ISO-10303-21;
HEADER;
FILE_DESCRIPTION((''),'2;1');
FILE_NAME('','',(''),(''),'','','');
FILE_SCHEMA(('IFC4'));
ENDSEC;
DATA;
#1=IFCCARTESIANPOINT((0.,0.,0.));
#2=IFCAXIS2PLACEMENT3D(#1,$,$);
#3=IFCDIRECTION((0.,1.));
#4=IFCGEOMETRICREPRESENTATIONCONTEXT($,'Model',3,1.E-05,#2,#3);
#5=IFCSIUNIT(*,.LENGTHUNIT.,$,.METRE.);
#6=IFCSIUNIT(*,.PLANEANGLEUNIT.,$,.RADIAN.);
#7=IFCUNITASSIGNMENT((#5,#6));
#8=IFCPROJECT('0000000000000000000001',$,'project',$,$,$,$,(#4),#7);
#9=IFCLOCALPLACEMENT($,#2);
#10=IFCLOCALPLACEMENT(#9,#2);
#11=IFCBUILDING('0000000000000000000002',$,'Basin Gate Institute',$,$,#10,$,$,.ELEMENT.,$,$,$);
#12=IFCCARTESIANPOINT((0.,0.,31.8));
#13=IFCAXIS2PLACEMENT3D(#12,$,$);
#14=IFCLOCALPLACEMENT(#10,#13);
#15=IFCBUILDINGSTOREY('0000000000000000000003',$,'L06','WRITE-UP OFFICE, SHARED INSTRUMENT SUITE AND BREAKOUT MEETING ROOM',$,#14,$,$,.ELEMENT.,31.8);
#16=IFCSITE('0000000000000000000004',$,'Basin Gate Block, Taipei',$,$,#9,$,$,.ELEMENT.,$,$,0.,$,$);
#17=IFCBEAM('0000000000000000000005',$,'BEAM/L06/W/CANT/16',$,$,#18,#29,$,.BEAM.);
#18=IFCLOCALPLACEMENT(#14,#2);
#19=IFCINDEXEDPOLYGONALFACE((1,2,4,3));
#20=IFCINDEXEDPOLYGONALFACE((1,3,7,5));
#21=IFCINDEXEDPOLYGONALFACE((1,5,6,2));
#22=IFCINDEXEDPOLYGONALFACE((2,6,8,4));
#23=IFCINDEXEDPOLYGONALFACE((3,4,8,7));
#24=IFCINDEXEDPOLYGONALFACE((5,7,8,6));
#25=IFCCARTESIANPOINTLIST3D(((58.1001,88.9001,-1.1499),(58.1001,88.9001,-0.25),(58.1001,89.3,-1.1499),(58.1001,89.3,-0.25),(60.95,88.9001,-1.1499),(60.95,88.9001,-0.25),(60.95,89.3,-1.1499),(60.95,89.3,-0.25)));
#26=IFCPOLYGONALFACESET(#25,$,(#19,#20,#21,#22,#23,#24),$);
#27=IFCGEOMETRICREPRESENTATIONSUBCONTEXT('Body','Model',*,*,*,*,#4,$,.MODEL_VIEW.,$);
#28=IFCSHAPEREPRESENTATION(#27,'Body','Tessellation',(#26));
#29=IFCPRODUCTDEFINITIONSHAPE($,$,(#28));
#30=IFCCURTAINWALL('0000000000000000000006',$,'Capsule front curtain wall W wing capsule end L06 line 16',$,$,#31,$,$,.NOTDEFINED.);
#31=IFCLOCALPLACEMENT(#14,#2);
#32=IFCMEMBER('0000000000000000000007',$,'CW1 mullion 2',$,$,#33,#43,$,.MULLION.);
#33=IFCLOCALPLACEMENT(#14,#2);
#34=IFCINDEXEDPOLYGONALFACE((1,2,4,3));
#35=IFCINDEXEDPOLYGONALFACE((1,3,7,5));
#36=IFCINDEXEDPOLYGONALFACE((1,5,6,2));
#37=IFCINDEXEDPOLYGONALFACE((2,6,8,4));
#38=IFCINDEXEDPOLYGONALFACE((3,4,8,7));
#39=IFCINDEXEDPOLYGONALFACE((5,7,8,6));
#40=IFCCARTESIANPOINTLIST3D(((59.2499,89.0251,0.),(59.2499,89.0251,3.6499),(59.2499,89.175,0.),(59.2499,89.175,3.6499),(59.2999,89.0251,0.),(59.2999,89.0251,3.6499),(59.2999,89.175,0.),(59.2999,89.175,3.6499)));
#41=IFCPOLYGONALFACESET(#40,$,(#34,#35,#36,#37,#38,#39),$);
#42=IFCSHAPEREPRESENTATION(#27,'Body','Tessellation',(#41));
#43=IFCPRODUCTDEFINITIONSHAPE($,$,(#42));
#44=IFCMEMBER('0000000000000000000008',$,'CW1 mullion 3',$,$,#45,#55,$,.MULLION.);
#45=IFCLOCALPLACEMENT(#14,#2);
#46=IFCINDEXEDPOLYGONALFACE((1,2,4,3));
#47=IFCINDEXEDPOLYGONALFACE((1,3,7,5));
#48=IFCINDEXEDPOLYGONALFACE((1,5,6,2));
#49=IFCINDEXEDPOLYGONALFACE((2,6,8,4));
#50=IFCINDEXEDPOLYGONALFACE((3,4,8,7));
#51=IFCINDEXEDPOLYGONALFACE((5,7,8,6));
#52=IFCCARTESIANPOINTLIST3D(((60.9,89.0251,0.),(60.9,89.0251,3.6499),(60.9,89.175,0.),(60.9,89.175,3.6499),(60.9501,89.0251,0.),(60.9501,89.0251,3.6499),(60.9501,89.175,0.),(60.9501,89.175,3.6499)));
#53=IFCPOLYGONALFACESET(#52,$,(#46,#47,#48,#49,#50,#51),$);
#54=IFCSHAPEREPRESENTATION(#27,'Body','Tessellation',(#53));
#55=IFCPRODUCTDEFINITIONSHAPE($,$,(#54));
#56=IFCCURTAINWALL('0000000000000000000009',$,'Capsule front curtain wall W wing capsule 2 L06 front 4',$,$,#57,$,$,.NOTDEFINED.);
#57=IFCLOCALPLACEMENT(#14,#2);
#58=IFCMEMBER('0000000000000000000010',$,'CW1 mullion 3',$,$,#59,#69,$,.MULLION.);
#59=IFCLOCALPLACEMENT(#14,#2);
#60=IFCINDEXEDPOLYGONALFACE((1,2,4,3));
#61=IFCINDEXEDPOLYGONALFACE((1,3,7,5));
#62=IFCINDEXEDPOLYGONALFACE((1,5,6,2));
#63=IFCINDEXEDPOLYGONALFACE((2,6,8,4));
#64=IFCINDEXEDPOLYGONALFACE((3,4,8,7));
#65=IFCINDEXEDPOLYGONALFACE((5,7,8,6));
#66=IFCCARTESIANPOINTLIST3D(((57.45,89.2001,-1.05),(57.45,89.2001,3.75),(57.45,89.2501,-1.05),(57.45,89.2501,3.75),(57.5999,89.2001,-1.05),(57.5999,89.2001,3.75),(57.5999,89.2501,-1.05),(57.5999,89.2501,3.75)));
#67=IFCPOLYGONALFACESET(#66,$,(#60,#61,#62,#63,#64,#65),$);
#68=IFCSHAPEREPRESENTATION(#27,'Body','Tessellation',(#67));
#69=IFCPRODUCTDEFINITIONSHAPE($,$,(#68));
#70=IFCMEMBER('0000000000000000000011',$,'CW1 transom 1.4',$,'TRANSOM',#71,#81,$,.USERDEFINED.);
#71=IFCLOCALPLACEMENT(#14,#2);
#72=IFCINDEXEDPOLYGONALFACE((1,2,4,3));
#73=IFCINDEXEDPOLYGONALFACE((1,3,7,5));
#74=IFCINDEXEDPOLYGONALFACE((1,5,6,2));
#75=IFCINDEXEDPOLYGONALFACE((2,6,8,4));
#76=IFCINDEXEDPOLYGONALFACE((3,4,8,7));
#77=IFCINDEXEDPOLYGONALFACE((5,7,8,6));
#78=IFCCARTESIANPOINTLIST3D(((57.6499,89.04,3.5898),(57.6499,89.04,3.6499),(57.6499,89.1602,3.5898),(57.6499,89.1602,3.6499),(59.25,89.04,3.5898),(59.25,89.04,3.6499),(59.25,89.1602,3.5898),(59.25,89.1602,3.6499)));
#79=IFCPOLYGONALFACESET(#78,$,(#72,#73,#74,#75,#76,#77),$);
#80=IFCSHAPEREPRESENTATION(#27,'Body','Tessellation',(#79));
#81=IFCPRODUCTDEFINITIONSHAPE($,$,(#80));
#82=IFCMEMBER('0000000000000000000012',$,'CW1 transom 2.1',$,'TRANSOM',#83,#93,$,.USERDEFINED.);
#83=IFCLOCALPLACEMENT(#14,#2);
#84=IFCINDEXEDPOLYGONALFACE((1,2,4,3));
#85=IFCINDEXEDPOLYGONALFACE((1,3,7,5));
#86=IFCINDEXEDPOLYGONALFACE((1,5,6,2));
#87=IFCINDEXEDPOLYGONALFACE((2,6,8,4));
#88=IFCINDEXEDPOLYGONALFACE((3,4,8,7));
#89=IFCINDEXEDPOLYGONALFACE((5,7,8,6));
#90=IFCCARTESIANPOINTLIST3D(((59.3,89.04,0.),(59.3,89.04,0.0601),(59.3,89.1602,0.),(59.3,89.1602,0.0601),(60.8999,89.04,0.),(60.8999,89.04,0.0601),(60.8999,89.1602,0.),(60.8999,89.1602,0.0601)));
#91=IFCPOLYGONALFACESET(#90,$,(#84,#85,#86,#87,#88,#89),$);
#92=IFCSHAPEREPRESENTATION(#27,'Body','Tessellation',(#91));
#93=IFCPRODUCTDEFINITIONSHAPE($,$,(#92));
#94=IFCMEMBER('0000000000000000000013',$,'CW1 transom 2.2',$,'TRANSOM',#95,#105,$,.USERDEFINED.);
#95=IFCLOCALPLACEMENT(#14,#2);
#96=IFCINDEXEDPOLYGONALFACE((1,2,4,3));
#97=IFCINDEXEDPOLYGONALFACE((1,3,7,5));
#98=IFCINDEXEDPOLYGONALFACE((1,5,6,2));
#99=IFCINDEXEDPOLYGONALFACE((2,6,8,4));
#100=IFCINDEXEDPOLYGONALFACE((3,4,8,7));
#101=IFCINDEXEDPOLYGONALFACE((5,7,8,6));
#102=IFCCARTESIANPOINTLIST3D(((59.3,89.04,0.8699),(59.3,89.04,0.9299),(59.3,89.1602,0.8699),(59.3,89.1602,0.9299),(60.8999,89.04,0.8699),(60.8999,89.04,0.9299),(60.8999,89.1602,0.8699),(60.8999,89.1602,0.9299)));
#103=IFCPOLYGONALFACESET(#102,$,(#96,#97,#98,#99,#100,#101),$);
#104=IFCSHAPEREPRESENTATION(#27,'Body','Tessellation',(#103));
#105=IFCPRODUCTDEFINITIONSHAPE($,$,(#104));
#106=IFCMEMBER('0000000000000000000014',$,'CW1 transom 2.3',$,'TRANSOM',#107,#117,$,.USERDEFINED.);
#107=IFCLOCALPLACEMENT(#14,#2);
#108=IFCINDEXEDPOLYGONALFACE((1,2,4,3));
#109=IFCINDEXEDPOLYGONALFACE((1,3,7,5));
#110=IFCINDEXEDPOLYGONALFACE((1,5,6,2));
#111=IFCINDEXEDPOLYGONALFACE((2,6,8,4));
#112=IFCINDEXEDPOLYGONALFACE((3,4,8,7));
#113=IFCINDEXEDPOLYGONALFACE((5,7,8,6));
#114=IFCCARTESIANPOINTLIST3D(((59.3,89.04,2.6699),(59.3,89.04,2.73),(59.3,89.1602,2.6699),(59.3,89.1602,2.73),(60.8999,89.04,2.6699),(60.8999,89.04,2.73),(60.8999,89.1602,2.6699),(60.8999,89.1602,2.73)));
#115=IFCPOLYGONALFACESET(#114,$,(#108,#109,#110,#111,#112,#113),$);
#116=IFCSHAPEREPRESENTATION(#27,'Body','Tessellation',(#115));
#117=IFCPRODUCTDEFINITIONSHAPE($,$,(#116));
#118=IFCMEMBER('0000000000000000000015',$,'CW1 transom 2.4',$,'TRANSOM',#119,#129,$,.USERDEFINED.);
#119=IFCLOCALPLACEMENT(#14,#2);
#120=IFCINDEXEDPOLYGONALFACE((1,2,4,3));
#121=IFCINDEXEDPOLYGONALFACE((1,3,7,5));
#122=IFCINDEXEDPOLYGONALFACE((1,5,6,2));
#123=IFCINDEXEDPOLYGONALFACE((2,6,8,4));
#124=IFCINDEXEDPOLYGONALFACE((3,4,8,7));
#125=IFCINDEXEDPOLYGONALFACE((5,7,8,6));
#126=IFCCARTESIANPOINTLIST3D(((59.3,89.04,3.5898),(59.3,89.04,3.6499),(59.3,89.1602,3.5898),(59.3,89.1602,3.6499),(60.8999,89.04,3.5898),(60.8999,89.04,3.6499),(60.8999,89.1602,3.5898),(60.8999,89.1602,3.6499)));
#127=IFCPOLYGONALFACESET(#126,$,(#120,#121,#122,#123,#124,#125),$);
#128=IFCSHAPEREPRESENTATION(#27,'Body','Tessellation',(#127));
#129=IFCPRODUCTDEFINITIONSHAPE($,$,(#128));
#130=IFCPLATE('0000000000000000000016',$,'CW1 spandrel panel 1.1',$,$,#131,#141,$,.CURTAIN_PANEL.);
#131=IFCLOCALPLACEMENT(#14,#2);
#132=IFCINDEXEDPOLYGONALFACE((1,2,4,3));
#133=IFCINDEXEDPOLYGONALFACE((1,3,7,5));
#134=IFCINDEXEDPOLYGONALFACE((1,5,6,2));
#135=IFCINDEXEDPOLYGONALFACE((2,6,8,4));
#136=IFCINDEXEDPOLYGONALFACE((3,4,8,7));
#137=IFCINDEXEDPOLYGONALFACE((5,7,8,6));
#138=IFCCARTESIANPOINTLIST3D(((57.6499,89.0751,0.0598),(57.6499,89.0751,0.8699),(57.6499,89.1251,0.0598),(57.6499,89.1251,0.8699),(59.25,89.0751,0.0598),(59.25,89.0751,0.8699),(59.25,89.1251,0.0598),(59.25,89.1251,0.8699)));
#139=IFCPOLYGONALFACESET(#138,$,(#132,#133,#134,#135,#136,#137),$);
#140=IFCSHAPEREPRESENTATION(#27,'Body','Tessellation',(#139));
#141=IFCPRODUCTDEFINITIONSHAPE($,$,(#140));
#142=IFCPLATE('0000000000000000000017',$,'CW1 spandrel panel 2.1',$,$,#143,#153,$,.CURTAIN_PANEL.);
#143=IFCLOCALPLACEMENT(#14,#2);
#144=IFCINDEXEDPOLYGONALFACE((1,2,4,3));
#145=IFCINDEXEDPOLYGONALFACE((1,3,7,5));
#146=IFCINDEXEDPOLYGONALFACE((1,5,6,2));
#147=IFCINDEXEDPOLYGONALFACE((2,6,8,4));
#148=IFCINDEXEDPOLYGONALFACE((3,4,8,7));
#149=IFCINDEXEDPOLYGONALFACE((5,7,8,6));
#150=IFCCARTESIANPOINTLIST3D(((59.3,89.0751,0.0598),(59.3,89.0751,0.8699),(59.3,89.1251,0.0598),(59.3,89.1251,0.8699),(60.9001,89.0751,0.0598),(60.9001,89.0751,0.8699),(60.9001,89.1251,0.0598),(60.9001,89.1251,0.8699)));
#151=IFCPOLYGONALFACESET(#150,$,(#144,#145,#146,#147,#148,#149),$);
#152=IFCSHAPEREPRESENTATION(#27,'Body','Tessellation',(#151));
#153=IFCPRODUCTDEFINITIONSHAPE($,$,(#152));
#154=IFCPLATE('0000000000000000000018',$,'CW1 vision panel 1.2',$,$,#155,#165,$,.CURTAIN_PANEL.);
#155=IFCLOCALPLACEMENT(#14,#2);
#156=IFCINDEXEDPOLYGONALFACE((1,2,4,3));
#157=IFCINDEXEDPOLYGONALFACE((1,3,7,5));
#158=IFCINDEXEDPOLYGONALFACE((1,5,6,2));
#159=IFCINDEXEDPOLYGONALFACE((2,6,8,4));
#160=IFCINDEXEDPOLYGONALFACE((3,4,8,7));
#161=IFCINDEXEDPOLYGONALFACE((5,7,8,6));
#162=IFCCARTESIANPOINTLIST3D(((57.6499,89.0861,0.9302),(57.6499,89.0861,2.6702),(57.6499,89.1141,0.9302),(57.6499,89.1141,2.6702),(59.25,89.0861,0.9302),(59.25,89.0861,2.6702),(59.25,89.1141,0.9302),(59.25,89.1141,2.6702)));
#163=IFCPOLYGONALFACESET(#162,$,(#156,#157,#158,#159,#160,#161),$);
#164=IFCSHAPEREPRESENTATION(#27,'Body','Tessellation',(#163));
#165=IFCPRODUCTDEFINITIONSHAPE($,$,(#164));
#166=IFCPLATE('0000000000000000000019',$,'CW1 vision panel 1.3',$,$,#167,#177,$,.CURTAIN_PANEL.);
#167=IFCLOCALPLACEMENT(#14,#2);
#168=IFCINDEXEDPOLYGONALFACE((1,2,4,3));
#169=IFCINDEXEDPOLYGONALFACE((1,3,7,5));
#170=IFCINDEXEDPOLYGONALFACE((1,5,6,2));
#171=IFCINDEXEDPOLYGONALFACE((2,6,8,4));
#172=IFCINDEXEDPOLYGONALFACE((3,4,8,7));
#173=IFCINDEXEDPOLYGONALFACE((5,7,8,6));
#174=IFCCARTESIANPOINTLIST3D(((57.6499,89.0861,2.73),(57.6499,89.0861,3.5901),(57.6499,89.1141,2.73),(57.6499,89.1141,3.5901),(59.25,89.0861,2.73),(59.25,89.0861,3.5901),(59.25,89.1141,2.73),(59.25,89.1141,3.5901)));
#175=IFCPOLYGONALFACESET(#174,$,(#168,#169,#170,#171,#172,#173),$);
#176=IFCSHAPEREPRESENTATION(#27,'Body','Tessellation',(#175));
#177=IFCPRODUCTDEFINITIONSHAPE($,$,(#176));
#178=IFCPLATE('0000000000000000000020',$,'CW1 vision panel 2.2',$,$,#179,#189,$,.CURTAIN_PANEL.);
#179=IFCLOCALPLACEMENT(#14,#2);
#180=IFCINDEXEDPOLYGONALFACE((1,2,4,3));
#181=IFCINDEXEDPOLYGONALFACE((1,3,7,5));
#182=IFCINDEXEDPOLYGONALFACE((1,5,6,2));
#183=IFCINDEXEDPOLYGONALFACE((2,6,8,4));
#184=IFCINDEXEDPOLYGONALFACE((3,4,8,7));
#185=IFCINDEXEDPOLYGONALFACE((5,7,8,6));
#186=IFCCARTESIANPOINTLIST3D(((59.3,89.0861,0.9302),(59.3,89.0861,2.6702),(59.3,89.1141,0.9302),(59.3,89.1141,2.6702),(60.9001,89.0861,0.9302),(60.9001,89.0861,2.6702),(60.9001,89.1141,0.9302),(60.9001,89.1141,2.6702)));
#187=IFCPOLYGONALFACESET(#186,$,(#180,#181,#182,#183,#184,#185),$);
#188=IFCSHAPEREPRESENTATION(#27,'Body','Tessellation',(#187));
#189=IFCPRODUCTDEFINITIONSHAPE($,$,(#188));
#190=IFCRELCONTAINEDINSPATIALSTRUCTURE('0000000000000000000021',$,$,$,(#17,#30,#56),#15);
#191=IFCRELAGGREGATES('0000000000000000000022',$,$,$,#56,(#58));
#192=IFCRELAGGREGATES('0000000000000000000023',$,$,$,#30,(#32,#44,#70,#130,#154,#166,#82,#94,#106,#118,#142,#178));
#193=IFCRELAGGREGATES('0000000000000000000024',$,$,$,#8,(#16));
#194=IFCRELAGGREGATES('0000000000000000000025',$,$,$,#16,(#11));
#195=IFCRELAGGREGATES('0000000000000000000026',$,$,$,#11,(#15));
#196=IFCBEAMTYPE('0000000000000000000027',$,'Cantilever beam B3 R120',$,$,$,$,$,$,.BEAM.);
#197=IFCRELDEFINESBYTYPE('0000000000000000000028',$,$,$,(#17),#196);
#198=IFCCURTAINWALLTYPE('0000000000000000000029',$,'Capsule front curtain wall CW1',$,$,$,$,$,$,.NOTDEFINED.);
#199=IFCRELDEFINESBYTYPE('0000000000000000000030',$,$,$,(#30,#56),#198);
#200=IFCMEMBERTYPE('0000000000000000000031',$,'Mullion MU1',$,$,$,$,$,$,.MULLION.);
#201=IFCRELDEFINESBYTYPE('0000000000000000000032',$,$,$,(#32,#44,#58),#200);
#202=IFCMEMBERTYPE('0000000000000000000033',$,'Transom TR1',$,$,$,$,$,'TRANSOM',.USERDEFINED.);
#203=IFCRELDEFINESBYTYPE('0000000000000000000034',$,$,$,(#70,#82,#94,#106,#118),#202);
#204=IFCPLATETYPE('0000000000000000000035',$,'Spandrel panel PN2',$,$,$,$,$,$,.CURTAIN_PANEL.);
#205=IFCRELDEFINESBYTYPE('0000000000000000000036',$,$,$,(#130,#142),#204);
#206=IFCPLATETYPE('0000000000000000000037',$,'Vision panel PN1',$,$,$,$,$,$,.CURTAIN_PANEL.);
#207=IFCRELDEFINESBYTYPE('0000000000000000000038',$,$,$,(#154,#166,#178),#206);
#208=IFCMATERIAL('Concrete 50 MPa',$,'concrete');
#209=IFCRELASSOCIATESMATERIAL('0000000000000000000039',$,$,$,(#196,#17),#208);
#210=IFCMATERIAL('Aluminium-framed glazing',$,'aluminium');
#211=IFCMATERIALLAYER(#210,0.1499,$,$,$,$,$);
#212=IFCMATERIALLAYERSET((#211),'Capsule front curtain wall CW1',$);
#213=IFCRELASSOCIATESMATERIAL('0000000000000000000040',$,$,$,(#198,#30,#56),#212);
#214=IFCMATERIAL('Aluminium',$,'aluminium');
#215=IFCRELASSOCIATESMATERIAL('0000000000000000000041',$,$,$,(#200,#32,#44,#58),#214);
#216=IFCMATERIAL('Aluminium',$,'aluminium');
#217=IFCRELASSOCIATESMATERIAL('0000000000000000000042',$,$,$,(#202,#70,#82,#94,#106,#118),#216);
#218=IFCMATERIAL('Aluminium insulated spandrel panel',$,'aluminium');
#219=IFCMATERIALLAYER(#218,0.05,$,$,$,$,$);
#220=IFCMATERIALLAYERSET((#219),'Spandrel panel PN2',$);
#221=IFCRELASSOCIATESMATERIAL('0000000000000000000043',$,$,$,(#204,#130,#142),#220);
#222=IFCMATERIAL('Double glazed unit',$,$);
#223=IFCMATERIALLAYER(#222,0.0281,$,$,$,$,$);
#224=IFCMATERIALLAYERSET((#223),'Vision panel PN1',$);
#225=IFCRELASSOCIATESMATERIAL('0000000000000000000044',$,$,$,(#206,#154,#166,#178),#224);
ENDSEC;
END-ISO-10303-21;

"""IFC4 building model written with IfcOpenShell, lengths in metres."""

from ifc_helpers import new_model, si_unit, direction, frame, origin, origin_2d, place, context, subcontext, project, spatial, rectangle, extrude, material, layer, layer_set, material_profile, profile_set, type_object, element, aggregate, save


model = new_model("IFC4")

# Units and contexts
model_context = context("Model", 3, precision=1e-05, world=origin(), true_north=direction((0.0, 1.0)))
body_context = subcontext(model_context, "Body", "Model", "MODEL_VIEW")
ifc_project = project(units=[si_unit("LENGTHUNIT", "METRE"), si_unit("PLANEANGLEUNIT", "RADIAN")], contexts=[model_context])

# Site, building, storey
site_placement = place(None, origin())
site = spatial("IfcSite", under=ifc_project, at=site_placement, Name="Basin Gate Block, Taipei", CompositionType="ELEMENT", RefElevation=0.0)
building_placement = place(site_placement, origin())
building = spatial("IfcBuilding", under=site, at=building_placement, Name="Basin Gate Institute", CompositionType="ELEMENT")
storey_placement = place(building_placement, frame((0.0, 0.0, 31.8)))
storey = spatial("IfcBuildingStorey", under=building, at=storey_placement, Name="L06", Description="WRITE-UP OFFICE, SHARED INSTRUMENT SUITE AND BREAKOUT MEETING ROOM", CompositionType="ELEMENT", Elevation=31.8)

# Beam
ifc_material_1 = material(Name="Concrete 50 MPa", Category="concrete")
ifc_material_profile_1 = material_profile(ifc_material_1, rectangle(XDim=0.3999, YDim=0.8999, at=origin_2d()), Name="Cantilever beam B3 400 x 900")
ifc_profile_set_1 = profile_set([ifc_material_profile_1], Name="Concrete 50 MPa")
beam_type = type_object("IfcBeamType", Name="Cantilever beam B3 R120", PredefinedType="BEAM", material=ifc_profile_set_1)
beam_placement = place(storey_placement, frame((58.1001, 89.1001, -0.7), z_axis=(1.0, 0.0, 0.0), x_axis=(0.0, 1.0, 0.0)))
element("IfcBeam", 1, at=beam_placement, inside=storey, type_object=beam_type, material=ifc_profile_set_1, Name="BEAM/L06/W/CANT/16", PredefinedType="BEAM", context=body_context, shape_type="SweptSolid", body=[
    extrude(rectangle(XDim=0.3999, YDim=0.8999, at=origin_2d()), origin(), (0.0, 0.0, 1.0), 2.8499),
])

# Curtain wall, members
ifc_material_2 = material(Name="Aluminium-framed glazing", Category="aluminium")
ifc_layer_1 = layer(ifc_material_2, 0.1499)
ifc_layer_set_1 = layer_set([ifc_layer_1], Name="Capsule front curtain wall CW1")
curtain_wall_type = type_object("IfcCurtainWallType", Name="Capsule front curtain wall CW1", PredefinedType="NOTDEFINED", material=ifc_layer_set_1)
curtain_wall_1_placement = place(storey_placement, origin())
curtain_wall_1 = element("IfcCurtainWall", 2, at=curtain_wall_1_placement, inside=storey, type_object=curtain_wall_type, material=ifc_layer_set_1, Name="Capsule front curtain wall W wing capsule end L06 line 16", PredefinedType="NOTDEFINED")
ifc_material_3 = material(Name="Aluminium", Category="aluminium")
ifc_material_profile_2 = material_profile(ifc_material_3, rectangle(XDim=0.1499, YDim=0.05, at=origin_2d()), Name="Mullion MU1 150 x 50")
ifc_profile_set_2 = profile_set([ifc_material_profile_2], Name="Aluminium")
member_type_1 = type_object("IfcMemberType", Name="Mullion MU1", PredefinedType="MULLION", material=ifc_profile_set_2)
member_1_placement = place(storey_placement, frame((59.2749, 89.1001, 0.0), z_axis=(0.0, 0.0, 1.0), x_axis=(0.0, 1.0, 0.0)))
member_1 = element("IfcMember", 3, at=member_1_placement, type_object=member_type_1, material=ifc_profile_set_2, Name="CW1 mullion 2", PredefinedType="MULLION", context=body_context, shape_type="SweptSolid", body=[
    extrude(rectangle(XDim=0.1499, YDim=0.05, at=origin_2d()), origin(), (0.0, 0.0, 1.0), 3.6499),
])
member_2_placement = place(storey_placement, frame((60.925, 89.1001, 0.0), z_axis=(0.0, 0.0, 1.0), x_axis=(0.0, 1.0, 0.0)))
member_2 = element("IfcMember", 4, at=member_2_placement, type_object=member_type_1, material=ifc_profile_set_2, Name="CW1 mullion 3", PredefinedType="MULLION", context=body_context, shape_type="SweptSolid", body=[
    extrude(rectangle(XDim=0.1499, YDim=0.05, at=origin_2d()), origin(), (0.0, 0.0, 1.0), 3.6499),
])

# Curtain wall, member
curtain_wall_2_placement = place(storey_placement, origin())
curtain_wall_2 = element("IfcCurtainWall", 5, at=curtain_wall_2_placement, inside=storey, type_object=curtain_wall_type, material=ifc_layer_set_1, Name="Capsule front curtain wall W wing capsule 2 L06 front 4", PredefinedType="NOTDEFINED")
member_3_placement = place(storey_placement, frame((57.5249, 89.2251, -1.05), z_axis=(0.0, 0.0, 1.0), x_axis=(-1.0, 0.0, 0.0)))
member_3 = element("IfcMember", 6, at=member_3_placement, type_object=member_type_1, material=ifc_profile_set_2, Name="CW1 mullion 3", PredefinedType="MULLION", context=body_context, shape_type="SweptSolid", body=[
    extrude(rectangle(XDim=0.1499, YDim=0.05, at=origin_2d()), origin(), (0.0, 0.0, 1.0), 4.8),
])
aggregate(curtain_wall_2, [member_3])

# Members
ifc_material_4 = material(Name="Aluminium", Category="aluminium")
ifc_material_profile_3 = material_profile(ifc_material_4, rectangle(XDim=0.1201, YDim=0.0601, at=origin_2d()), Name="Transom TR1 120 x 60")
ifc_profile_set_3 = profile_set([ifc_material_profile_3], Name="Aluminium")
member_type_2 = type_object("IfcMemberType", Name="Transom TR1", ElementType="TRANSOM", PredefinedType="USERDEFINED", material=ifc_profile_set_3)
member_4_placement = place(storey_placement, frame((57.6499, 89.1001, 3.6199), z_axis=(1.0, 0.0, 0.0), x_axis=(0.0, 1.0, 0.0)))
member_4 = element("IfcMember", 7, at=member_4_placement, type_object=member_type_2, material=ifc_profile_set_3, Name="CW1 transom 1.4", ObjectType="TRANSOM", PredefinedType="USERDEFINED", context=body_context, shape_type="SweptSolid", body=[
    extrude(rectangle(XDim=0.1201, YDim=0.0601, at=origin_2d()), origin(), (0.0, 0.0, 1.0), 1.6001),
])
member_5_placement = place(storey_placement, frame((59.3, 89.1001, 0.03), z_axis=(1.0, 0.0, 0.0), x_axis=(0.0, 1.0, 0.0)))
member_5 = element("IfcMember", 8, at=member_5_placement, type_object=member_type_2, material=ifc_profile_set_3, Name="CW1 transom 2.1", ObjectType="TRANSOM", PredefinedType="USERDEFINED", context=body_context, shape_type="SweptSolid", body=[
    extrude(rectangle(XDim=0.1201, YDim=0.0601, at=origin_2d()), origin(), (0.0, 0.0, 1.0), 1.5999),
])
member_6_placement = place(storey_placement, frame((59.3, 89.1001, 0.8999), z_axis=(1.0, 0.0, 0.0), x_axis=(0.0, 1.0, 0.0)))
member_6 = element("IfcMember", 9, at=member_6_placement, type_object=member_type_2, material=ifc_profile_set_3, Name="CW1 transom 2.2", ObjectType="TRANSOM", PredefinedType="USERDEFINED", context=body_context, shape_type="SweptSolid", body=[
    extrude(rectangle(XDim=0.1201, YDim=0.0601, at=origin_2d()), origin(), (0.0, 0.0, 1.0), 1.5999),
])
member_7_placement = place(storey_placement, frame((59.3, 89.1001, 2.7), z_axis=(1.0, 0.0, 0.0), x_axis=(0.0, 1.0, 0.0)))
member_7 = element("IfcMember", 10, at=member_7_placement, type_object=member_type_2, material=ifc_profile_set_3, Name="CW1 transom 2.3", ObjectType="TRANSOM", PredefinedType="USERDEFINED", context=body_context, shape_type="SweptSolid", body=[
    extrude(rectangle(XDim=0.1201, YDim=0.0601, at=origin_2d()), origin(), (0.0, 0.0, 1.0), 1.5999),
])
member_8_placement = place(storey_placement, frame((59.3, 89.1001, 3.6199), z_axis=(1.0, 0.0, 0.0), x_axis=(0.0, 1.0, 0.0)))
member_8 = element("IfcMember", 11, at=member_8_placement, type_object=member_type_2, material=ifc_profile_set_3, Name="CW1 transom 2.4", ObjectType="TRANSOM", PredefinedType="USERDEFINED", context=body_context, shape_type="SweptSolid", body=[
    extrude(rectangle(XDim=0.1201, YDim=0.0601, at=origin_2d()), origin(), (0.0, 0.0, 1.0), 1.5999),
])

# Plates
ifc_material_5 = material(Name="Aluminium insulated spandrel panel", Category="aluminium")
ifc_layer_2 = layer(ifc_material_5, 0.05)
ifc_layer_set_2 = layer_set([ifc_layer_2], Name="Spandrel panel PN2")
plate_type_1 = type_object("IfcPlateType", Name="Spandrel panel PN2", PredefinedType="CURTAIN_PANEL", material=ifc_layer_set_2)
plate_1_placement = place(storey_placement, frame((58.45, 89.1001, 0.0598), z_axis=(0.0, 0.0, 1.0), x_axis=(1.0, 0.0, 0.0)))
plate_1 = element("IfcPlate", 12, at=plate_1_placement, type_object=plate_type_1, material=ifc_layer_set_2, Name="CW1 spandrel panel 1.1", PredefinedType="CURTAIN_PANEL", context=body_context, shape_type="SweptSolid", body=[
    extrude(rectangle(XDim=1.6001, YDim=0.05, at=origin_2d()), origin(), (0.0, 0.0, 1.0), 0.8101),
])
plate_2_placement = place(storey_placement, frame((60.1001, 89.1001, 0.0598), z_axis=(0.0, 0.0, 1.0), x_axis=(1.0, 0.0, 0.0)))
plate_2 = element("IfcPlate", 13, at=plate_2_placement, type_object=plate_type_1, material=ifc_layer_set_2, Name="CW1 spandrel panel 2.1", PredefinedType="CURTAIN_PANEL", context=body_context, shape_type="SweptSolid", body=[
    extrude(rectangle(XDim=1.6001, YDim=0.05, at=origin_2d()), origin(), (0.0, 0.0, 1.0), 0.8101),
])
ifc_material_6 = material(Name="Double glazed unit")
ifc_layer_3 = layer(ifc_material_6, 0.0281)
ifc_layer_set_3 = layer_set([ifc_layer_3], Name="Vision panel PN1")
plate_type_2 = type_object("IfcPlateType", Name="Vision panel PN1", PredefinedType="CURTAIN_PANEL", material=ifc_layer_set_3)
plate_3_placement = place(storey_placement, frame((58.45, 89.1001, 0.9302), z_axis=(0.0, 0.0, 1.0), x_axis=(1.0, 0.0, 0.0)))
plate_3 = element("IfcPlate", 14, at=plate_3_placement, type_object=plate_type_2, material=ifc_layer_set_3, Name="CW1 vision panel 1.2", PredefinedType="CURTAIN_PANEL", context=body_context, shape_type="SweptSolid", body=[
    extrude(rectangle(XDim=1.6001, YDim=0.0281, at=origin_2d()), origin(), (0.0, 0.0, 1.0), 1.74),
])
plate_4_placement = place(storey_placement, frame((58.45, 89.1001, 2.73), z_axis=(0.0, 0.0, 1.0), x_axis=(1.0, 0.0, 0.0)))
plate_4 = element("IfcPlate", 15, at=plate_4_placement, type_object=plate_type_2, material=ifc_layer_set_3, Name="CW1 vision panel 1.3", PredefinedType="CURTAIN_PANEL", context=body_context, shape_type="SweptSolid", body=[
    extrude(rectangle(XDim=1.6001, YDim=0.0281, at=origin_2d()), origin(), (0.0, 0.0, 1.0), 0.8601),
])
plate_5_placement = place(storey_placement, frame((60.1001, 89.1001, 0.9302), z_axis=(0.0, 0.0, 1.0), x_axis=(1.0, 0.0, 0.0)))
plate_5 = element("IfcPlate", 16, at=plate_5_placement, type_object=plate_type_2, material=ifc_layer_set_3, Name="CW1 vision panel 2.2", PredefinedType="CURTAIN_PANEL", context=body_context, shape_type="SweptSolid", body=[
    extrude(rectangle(XDim=1.6001, YDim=0.0281, at=origin_2d()), origin(), (0.0, 0.0, 1.0), 1.74),
])
aggregate(curtain_wall_1, [member_1, member_2, member_4, plate_1, plate_3, plate_4, member_5, member_6, member_7, member_8, plate_2, plate_5])

save(model, "model.ifc")
